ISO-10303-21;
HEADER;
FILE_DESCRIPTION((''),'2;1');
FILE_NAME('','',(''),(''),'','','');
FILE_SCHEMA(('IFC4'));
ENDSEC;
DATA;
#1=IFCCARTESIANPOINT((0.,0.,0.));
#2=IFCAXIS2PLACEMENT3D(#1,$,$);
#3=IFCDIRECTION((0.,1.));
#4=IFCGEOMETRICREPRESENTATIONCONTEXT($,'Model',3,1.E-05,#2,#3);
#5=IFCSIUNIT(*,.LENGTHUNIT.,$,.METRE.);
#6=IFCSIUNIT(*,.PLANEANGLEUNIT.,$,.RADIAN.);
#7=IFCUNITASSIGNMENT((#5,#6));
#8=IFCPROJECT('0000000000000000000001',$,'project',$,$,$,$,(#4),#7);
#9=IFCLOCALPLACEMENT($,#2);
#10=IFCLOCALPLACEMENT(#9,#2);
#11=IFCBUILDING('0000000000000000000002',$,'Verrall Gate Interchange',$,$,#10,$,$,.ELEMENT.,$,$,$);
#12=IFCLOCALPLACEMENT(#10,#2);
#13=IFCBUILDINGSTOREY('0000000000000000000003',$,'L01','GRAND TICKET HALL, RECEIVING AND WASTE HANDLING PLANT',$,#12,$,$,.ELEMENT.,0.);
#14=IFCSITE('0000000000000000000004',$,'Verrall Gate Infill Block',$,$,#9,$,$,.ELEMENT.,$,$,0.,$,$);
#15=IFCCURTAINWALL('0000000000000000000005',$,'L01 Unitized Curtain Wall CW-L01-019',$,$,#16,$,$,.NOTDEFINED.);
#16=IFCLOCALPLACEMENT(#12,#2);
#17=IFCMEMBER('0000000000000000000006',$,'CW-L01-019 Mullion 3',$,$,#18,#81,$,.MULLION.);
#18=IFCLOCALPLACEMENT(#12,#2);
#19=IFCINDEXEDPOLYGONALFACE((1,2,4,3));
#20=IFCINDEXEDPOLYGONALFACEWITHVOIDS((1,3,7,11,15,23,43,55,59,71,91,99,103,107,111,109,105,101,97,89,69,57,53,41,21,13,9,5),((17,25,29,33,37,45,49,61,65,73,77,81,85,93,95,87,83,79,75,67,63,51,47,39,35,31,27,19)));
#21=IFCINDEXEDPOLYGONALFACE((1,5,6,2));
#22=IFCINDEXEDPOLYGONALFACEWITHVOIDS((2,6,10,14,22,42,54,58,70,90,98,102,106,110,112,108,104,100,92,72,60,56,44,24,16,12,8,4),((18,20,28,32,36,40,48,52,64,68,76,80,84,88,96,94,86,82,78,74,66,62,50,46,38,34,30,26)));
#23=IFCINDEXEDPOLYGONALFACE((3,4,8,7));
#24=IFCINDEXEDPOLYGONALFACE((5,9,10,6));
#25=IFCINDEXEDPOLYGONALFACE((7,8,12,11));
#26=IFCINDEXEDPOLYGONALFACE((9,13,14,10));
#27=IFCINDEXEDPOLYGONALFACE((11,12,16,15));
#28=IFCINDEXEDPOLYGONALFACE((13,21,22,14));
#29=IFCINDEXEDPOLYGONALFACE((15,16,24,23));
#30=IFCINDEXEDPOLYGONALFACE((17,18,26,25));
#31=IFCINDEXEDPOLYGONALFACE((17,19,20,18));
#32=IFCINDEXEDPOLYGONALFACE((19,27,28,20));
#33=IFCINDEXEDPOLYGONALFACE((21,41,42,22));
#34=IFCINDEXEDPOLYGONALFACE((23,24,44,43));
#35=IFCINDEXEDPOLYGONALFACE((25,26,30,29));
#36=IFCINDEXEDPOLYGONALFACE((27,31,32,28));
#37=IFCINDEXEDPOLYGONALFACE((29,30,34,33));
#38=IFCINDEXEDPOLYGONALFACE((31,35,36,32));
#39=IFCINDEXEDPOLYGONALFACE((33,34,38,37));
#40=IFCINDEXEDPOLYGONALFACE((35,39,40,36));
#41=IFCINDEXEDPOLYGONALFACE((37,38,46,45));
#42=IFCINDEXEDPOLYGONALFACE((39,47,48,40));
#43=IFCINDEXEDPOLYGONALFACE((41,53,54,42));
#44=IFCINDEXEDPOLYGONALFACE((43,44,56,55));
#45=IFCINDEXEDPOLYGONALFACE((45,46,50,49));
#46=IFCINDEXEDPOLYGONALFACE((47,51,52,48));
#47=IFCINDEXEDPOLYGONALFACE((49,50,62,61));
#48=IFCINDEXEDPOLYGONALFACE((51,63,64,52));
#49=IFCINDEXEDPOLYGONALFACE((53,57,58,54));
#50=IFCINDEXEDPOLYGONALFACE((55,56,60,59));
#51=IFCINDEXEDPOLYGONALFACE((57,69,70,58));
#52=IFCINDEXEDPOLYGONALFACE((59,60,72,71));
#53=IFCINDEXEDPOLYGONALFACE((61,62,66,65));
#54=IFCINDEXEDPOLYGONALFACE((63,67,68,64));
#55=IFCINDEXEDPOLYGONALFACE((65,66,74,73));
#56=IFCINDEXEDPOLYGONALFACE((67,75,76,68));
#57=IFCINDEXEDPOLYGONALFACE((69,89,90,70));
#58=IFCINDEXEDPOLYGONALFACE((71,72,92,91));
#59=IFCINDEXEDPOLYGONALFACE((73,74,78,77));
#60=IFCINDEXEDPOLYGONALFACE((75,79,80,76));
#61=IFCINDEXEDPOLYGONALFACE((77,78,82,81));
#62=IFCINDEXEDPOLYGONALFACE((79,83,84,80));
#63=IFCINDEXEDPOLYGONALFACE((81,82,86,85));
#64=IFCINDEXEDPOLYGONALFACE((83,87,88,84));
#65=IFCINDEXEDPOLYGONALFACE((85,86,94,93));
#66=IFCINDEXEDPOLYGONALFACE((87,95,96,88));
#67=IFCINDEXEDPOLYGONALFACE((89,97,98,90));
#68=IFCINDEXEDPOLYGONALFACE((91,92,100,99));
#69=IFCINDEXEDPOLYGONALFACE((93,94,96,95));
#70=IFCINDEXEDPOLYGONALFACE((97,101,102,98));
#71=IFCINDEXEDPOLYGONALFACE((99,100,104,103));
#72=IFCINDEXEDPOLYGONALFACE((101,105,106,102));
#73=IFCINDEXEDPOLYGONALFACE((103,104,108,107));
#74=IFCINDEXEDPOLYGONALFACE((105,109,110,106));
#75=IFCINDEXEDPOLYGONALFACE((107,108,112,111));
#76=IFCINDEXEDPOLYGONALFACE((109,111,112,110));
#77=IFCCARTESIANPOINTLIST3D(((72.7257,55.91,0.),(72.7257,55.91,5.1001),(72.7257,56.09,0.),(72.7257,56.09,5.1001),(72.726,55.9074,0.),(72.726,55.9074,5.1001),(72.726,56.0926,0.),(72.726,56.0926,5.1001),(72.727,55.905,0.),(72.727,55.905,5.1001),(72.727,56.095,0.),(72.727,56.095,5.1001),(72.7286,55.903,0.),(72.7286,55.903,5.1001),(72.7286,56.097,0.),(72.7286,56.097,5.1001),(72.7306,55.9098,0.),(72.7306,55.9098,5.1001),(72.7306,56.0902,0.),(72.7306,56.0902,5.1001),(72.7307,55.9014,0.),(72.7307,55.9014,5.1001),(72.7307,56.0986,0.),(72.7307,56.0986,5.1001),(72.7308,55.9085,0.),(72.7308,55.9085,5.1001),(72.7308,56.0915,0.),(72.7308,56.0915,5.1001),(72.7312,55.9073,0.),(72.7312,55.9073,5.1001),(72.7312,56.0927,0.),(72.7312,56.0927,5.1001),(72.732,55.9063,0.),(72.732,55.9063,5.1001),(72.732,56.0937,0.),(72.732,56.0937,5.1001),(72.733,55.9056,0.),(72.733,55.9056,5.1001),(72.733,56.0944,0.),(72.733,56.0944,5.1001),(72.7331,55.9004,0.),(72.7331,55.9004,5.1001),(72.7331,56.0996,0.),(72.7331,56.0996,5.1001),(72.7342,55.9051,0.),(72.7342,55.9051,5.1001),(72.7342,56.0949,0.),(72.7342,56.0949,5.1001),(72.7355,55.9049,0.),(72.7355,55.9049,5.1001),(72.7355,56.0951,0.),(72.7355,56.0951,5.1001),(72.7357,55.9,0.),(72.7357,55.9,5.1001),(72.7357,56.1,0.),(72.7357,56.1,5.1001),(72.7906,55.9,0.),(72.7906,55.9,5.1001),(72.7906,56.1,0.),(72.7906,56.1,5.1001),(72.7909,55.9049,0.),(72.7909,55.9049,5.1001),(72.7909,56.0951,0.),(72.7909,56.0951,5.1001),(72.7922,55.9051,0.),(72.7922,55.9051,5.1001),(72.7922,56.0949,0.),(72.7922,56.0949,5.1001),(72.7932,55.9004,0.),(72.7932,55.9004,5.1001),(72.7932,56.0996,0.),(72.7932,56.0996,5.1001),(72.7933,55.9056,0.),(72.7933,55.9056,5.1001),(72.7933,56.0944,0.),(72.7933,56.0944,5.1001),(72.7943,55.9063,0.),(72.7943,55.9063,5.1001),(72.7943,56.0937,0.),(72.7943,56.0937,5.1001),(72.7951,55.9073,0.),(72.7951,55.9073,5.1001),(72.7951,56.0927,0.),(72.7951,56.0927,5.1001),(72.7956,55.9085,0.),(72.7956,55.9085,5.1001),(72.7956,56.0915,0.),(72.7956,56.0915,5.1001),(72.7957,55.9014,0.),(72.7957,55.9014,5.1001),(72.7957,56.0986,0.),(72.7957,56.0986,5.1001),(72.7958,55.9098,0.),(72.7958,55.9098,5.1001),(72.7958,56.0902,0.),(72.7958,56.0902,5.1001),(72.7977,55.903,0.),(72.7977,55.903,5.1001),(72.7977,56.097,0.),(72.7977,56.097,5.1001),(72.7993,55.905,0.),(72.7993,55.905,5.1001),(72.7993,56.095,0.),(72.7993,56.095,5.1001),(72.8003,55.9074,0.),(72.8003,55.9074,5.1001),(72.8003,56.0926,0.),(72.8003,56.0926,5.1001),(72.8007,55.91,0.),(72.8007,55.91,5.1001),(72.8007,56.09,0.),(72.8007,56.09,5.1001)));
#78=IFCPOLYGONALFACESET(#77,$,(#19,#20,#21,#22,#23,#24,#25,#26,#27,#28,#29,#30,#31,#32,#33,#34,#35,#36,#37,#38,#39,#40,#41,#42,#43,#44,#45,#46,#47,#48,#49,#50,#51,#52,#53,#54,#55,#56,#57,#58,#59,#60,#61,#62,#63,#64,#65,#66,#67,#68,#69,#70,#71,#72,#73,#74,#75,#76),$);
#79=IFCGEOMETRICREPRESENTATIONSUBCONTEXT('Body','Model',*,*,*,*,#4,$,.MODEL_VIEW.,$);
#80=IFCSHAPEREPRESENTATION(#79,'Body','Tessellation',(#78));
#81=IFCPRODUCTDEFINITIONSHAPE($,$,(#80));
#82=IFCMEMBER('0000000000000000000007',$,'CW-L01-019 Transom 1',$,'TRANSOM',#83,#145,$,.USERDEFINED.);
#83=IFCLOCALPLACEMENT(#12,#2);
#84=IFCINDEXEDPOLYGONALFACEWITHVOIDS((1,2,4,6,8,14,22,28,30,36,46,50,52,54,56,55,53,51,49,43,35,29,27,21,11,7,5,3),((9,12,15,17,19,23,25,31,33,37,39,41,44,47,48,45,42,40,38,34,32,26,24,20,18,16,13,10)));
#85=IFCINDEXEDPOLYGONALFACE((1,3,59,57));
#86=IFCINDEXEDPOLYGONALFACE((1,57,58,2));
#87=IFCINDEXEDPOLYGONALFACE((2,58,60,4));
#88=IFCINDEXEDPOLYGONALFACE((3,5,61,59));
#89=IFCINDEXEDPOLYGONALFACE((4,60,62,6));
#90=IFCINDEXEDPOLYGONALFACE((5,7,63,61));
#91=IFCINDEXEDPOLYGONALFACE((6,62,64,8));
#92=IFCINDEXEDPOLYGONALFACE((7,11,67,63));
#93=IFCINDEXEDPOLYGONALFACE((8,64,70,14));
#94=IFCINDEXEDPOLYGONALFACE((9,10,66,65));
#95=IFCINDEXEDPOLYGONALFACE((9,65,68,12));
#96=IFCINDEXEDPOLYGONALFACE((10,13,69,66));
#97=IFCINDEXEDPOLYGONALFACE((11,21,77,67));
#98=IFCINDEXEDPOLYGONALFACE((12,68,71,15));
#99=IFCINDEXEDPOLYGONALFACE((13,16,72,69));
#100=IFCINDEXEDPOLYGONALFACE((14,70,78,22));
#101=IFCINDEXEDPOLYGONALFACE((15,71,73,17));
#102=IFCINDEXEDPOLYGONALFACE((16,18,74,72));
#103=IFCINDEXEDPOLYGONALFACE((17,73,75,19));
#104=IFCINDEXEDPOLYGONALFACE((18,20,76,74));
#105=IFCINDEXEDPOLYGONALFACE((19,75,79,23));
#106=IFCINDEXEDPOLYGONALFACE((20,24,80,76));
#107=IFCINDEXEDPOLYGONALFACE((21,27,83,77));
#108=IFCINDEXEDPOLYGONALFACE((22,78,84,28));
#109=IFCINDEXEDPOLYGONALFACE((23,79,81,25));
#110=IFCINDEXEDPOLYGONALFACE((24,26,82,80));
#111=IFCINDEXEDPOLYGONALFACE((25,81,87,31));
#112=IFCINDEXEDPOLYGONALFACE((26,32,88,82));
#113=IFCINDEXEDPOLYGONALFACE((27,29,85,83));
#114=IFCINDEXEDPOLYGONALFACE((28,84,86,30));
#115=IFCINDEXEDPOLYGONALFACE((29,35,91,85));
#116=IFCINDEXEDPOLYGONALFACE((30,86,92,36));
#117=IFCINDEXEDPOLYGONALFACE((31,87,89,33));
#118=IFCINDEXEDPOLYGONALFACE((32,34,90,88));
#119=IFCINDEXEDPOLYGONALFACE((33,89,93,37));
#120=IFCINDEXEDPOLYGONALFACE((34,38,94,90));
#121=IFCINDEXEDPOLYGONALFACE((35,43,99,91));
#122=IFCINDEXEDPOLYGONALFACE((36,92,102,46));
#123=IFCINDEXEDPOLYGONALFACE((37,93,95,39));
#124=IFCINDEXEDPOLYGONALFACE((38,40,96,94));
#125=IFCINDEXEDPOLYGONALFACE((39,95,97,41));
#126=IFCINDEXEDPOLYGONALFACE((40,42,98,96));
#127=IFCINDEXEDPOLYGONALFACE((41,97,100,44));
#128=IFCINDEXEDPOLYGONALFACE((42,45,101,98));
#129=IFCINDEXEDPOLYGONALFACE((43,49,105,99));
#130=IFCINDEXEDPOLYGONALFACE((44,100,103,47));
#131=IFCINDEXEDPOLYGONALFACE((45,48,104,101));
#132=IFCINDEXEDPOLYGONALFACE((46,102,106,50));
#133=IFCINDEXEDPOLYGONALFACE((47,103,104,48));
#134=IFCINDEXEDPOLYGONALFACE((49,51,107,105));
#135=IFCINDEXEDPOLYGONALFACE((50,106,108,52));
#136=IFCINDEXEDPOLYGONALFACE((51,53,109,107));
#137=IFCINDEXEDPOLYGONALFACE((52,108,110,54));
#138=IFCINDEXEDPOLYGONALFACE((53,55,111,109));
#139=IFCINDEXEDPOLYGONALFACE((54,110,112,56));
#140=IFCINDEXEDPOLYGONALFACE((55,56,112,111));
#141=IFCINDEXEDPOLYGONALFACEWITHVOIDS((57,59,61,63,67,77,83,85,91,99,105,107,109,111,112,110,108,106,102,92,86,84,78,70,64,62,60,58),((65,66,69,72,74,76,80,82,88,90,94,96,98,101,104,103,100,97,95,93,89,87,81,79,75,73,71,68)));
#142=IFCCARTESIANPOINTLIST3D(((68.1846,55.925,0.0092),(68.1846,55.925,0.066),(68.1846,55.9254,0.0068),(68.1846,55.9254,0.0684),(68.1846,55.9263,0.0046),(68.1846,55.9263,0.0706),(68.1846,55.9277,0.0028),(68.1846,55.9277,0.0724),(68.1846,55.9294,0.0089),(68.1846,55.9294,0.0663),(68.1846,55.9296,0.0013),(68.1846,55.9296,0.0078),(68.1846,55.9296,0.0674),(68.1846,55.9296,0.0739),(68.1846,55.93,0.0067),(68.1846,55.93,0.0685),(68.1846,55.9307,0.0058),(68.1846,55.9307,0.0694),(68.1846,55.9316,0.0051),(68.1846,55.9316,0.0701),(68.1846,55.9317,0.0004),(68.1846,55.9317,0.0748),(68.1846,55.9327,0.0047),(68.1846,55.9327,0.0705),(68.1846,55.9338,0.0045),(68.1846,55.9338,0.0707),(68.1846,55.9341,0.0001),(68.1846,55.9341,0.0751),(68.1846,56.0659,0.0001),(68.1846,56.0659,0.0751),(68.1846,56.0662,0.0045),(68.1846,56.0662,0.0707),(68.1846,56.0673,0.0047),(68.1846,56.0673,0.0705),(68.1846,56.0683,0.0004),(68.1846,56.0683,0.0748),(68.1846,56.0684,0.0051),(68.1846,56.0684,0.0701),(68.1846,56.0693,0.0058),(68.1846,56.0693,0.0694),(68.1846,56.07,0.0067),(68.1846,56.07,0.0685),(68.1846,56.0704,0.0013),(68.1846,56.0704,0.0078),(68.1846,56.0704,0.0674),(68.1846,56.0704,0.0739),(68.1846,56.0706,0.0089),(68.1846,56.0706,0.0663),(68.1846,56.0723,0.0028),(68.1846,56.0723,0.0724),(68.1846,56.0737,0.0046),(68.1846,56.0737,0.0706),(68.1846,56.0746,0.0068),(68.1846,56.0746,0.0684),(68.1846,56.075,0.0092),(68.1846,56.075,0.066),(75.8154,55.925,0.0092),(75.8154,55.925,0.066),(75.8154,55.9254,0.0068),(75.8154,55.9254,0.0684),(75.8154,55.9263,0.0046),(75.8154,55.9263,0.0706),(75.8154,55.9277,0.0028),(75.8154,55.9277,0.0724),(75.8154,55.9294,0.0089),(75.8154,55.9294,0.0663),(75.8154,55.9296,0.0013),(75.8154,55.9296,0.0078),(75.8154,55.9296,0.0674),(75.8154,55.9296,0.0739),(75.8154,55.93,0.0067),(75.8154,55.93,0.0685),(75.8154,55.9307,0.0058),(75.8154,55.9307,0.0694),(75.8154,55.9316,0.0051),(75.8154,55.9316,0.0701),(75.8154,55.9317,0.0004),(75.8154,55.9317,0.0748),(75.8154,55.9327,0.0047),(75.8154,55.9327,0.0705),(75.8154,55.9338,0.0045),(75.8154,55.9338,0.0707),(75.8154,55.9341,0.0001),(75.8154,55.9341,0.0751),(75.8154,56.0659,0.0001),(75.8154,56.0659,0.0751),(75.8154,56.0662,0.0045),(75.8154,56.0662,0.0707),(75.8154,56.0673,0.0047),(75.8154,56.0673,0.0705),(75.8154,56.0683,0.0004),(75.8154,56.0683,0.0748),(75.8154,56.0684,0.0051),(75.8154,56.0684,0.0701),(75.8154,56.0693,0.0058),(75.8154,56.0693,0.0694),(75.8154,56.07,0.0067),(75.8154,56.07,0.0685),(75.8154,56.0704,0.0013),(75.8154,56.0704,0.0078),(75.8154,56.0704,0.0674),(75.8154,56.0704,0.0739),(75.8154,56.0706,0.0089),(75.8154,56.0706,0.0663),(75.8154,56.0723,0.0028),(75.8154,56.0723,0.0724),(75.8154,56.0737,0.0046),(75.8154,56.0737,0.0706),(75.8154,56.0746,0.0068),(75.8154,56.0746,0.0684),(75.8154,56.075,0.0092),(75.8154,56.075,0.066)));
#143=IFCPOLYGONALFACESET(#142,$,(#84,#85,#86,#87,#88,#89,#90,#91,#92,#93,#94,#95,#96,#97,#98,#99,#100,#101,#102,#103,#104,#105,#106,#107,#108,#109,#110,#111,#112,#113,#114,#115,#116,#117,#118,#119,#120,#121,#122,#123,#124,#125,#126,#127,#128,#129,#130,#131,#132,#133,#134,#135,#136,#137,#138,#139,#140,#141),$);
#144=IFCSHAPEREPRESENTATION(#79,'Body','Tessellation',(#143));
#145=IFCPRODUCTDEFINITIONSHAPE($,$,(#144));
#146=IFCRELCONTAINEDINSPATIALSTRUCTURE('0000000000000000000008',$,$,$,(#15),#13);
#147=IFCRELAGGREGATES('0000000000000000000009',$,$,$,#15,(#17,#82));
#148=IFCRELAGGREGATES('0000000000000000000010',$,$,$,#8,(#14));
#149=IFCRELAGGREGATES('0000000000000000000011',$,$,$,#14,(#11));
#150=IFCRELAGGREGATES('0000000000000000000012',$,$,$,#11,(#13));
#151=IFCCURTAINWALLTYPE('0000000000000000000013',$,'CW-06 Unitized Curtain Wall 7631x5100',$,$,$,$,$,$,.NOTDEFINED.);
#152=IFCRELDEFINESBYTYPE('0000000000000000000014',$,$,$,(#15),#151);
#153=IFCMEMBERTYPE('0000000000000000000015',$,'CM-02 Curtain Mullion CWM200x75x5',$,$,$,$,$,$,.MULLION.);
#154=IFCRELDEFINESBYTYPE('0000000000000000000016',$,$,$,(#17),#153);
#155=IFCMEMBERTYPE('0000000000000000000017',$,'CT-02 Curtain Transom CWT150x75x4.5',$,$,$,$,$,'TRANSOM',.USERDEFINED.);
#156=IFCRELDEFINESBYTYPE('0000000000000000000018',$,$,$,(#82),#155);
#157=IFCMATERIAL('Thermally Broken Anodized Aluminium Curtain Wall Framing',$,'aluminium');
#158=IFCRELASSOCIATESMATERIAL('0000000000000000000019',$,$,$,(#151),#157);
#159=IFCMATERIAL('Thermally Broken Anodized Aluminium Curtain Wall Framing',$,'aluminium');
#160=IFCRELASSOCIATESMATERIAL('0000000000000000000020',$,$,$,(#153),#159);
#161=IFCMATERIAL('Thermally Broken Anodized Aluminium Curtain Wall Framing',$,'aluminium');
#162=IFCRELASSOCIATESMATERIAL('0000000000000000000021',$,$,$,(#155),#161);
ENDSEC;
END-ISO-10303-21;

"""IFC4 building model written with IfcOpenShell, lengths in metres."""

from ifc_helpers import new_model, si_unit, direction, frame, origin, origin_2d, place, context, subcontext, project, spatial, hollow_rectangle, extrude, material, material_profile, profile_set, type_object, element, aggregate, save


model = new_model("IFC4")

# Units and contexts
model_context = context("Model", 3, precision=1e-05, world=origin(), true_north=direction((0.0, 1.0)))
body_context = subcontext(model_context, "Body", "Model", "MODEL_VIEW")
ifc_project = project(units=[si_unit("LENGTHUNIT", "METRE"), si_unit("PLANEANGLEUNIT", "RADIAN")], contexts=[model_context])

# Site, building, storey
site_placement = place(None, origin())
site = spatial("IfcSite", under=ifc_project, at=site_placement, Name="Verrall Gate Infill Block", CompositionType="ELEMENT", RefElevation=0.0)
building_placement = place(site_placement, origin())
building = spatial("IfcBuilding", under=site, at=building_placement, Name="Verrall Gate Interchange", CompositionType="ELEMENT")
storey_placement = place(building_placement, origin())
storey = spatial("IfcBuildingStorey", under=building, at=storey_placement, Name="L01", Description="GRAND TICKET HALL, RECEIVING AND WASTE HANDLING PLANT", CompositionType="ELEMENT", Elevation=0.0)

# Curtain wall, members
ifc_material_1 = material(Name="Thermally Broken Anodized Aluminium Curtain Wall Framing", Category="aluminium")
curtain_wall_type = type_object("IfcCurtainWallType", Name="CW-06 Unitized Curtain Wall 7631x5100", PredefinedType="NOTDEFINED", material=ifc_material_1)
curtain_wall_placement = place(storey_placement, origin())
curtain_wall = element("IfcCurtainWall", 1, at=curtain_wall_placement, inside=storey, type_object=curtain_wall_type, Name="L01 Unitized Curtain Wall CW-L01-019", PredefinedType="NOTDEFINED")
ifc_material_2 = material(Name="Thermally Broken Anodized Aluminium Curtain Wall Framing", Category="aluminium")
ifc_material_profile_1 = material_profile(ifc_material_2, hollow_rectangle(XDim=0.075, YDim=0.2, WallThickness=0.0049, InnerFilletRadius=0.0049, OuterFilletRadius=0.01, at=origin_2d()), Name="CWM200x75x5")
ifc_profile_set_1 = profile_set([ifc_material_profile_1], Name="Thermally Broken Anodized Aluminium Curtain Wall Framing")
member_type_1 = type_object("IfcMemberType", Name="CM-02 Curtain Mullion CWM200x75x5", PredefinedType="MULLION", material=ifc_profile_set_1)
member_1_placement = place(storey_placement, frame((72.7632, 56.0, 0.0), z_axis=(0.0, 0.0, 1.0), x_axis=(-1.0, 0.0, 0.0)))
member_1 = element("IfcMember", 2, at=member_1_placement, type_object=member_type_1, Name="CW-L01-019 Mullion 3", PredefinedType="MULLION", context=body_context, shape_type="SweptSolid", body=[
    extrude(hollow_rectangle(XDim=0.075, YDim=0.2, WallThickness=0.0049, InnerFilletRadius=0.0049, OuterFilletRadius=0.01, at=origin_2d()), origin(), (0.0, 0.0, 1.0), 5.1001),
])
ifc_material_3 = material(Name="Thermally Broken Anodized Aluminium Curtain Wall Framing", Category="aluminium")
ifc_material_profile_2 = material_profile(ifc_material_3, hollow_rectangle(XDim=0.1499, YDim=0.075, WallThickness=0.0044, InnerFilletRadius=0.0044, OuterFilletRadius=0.009, at=origin_2d()), Name="CWT150x75x4.5")
ifc_profile_set_2 = profile_set([ifc_material_profile_2], Name="Thermally Broken Anodized Aluminium Curtain Wall Framing")
member_type_2 = type_object("IfcMemberType", Name="CT-02 Curtain Transom CWT150x75x4.5", ElementType="TRANSOM", PredefinedType="USERDEFINED", material=ifc_profile_set_2)
member_2_placement = place(storey_placement, frame((75.8154, 56.0, 0.0376), z_axis=(-1.0, 0.0, 0.0), x_axis=(0.0, -1.0, 0.0)))
member_2 = element("IfcMember", 3, at=member_2_placement, type_object=member_type_2, Name="CW-L01-019 Transom 1", ObjectType="TRANSOM", PredefinedType="USERDEFINED", context=body_context, shape_type="SweptSolid", body=[
    extrude(hollow_rectangle(XDim=0.1499, YDim=0.075, WallThickness=0.0044, InnerFilletRadius=0.0044, OuterFilletRadius=0.009, at=origin_2d()), origin(), (0.0, 0.0, 1.0), 7.6309),
])

aggregate(curtain_wall, [member_1, member_2])

save(model, "model.ifc")
